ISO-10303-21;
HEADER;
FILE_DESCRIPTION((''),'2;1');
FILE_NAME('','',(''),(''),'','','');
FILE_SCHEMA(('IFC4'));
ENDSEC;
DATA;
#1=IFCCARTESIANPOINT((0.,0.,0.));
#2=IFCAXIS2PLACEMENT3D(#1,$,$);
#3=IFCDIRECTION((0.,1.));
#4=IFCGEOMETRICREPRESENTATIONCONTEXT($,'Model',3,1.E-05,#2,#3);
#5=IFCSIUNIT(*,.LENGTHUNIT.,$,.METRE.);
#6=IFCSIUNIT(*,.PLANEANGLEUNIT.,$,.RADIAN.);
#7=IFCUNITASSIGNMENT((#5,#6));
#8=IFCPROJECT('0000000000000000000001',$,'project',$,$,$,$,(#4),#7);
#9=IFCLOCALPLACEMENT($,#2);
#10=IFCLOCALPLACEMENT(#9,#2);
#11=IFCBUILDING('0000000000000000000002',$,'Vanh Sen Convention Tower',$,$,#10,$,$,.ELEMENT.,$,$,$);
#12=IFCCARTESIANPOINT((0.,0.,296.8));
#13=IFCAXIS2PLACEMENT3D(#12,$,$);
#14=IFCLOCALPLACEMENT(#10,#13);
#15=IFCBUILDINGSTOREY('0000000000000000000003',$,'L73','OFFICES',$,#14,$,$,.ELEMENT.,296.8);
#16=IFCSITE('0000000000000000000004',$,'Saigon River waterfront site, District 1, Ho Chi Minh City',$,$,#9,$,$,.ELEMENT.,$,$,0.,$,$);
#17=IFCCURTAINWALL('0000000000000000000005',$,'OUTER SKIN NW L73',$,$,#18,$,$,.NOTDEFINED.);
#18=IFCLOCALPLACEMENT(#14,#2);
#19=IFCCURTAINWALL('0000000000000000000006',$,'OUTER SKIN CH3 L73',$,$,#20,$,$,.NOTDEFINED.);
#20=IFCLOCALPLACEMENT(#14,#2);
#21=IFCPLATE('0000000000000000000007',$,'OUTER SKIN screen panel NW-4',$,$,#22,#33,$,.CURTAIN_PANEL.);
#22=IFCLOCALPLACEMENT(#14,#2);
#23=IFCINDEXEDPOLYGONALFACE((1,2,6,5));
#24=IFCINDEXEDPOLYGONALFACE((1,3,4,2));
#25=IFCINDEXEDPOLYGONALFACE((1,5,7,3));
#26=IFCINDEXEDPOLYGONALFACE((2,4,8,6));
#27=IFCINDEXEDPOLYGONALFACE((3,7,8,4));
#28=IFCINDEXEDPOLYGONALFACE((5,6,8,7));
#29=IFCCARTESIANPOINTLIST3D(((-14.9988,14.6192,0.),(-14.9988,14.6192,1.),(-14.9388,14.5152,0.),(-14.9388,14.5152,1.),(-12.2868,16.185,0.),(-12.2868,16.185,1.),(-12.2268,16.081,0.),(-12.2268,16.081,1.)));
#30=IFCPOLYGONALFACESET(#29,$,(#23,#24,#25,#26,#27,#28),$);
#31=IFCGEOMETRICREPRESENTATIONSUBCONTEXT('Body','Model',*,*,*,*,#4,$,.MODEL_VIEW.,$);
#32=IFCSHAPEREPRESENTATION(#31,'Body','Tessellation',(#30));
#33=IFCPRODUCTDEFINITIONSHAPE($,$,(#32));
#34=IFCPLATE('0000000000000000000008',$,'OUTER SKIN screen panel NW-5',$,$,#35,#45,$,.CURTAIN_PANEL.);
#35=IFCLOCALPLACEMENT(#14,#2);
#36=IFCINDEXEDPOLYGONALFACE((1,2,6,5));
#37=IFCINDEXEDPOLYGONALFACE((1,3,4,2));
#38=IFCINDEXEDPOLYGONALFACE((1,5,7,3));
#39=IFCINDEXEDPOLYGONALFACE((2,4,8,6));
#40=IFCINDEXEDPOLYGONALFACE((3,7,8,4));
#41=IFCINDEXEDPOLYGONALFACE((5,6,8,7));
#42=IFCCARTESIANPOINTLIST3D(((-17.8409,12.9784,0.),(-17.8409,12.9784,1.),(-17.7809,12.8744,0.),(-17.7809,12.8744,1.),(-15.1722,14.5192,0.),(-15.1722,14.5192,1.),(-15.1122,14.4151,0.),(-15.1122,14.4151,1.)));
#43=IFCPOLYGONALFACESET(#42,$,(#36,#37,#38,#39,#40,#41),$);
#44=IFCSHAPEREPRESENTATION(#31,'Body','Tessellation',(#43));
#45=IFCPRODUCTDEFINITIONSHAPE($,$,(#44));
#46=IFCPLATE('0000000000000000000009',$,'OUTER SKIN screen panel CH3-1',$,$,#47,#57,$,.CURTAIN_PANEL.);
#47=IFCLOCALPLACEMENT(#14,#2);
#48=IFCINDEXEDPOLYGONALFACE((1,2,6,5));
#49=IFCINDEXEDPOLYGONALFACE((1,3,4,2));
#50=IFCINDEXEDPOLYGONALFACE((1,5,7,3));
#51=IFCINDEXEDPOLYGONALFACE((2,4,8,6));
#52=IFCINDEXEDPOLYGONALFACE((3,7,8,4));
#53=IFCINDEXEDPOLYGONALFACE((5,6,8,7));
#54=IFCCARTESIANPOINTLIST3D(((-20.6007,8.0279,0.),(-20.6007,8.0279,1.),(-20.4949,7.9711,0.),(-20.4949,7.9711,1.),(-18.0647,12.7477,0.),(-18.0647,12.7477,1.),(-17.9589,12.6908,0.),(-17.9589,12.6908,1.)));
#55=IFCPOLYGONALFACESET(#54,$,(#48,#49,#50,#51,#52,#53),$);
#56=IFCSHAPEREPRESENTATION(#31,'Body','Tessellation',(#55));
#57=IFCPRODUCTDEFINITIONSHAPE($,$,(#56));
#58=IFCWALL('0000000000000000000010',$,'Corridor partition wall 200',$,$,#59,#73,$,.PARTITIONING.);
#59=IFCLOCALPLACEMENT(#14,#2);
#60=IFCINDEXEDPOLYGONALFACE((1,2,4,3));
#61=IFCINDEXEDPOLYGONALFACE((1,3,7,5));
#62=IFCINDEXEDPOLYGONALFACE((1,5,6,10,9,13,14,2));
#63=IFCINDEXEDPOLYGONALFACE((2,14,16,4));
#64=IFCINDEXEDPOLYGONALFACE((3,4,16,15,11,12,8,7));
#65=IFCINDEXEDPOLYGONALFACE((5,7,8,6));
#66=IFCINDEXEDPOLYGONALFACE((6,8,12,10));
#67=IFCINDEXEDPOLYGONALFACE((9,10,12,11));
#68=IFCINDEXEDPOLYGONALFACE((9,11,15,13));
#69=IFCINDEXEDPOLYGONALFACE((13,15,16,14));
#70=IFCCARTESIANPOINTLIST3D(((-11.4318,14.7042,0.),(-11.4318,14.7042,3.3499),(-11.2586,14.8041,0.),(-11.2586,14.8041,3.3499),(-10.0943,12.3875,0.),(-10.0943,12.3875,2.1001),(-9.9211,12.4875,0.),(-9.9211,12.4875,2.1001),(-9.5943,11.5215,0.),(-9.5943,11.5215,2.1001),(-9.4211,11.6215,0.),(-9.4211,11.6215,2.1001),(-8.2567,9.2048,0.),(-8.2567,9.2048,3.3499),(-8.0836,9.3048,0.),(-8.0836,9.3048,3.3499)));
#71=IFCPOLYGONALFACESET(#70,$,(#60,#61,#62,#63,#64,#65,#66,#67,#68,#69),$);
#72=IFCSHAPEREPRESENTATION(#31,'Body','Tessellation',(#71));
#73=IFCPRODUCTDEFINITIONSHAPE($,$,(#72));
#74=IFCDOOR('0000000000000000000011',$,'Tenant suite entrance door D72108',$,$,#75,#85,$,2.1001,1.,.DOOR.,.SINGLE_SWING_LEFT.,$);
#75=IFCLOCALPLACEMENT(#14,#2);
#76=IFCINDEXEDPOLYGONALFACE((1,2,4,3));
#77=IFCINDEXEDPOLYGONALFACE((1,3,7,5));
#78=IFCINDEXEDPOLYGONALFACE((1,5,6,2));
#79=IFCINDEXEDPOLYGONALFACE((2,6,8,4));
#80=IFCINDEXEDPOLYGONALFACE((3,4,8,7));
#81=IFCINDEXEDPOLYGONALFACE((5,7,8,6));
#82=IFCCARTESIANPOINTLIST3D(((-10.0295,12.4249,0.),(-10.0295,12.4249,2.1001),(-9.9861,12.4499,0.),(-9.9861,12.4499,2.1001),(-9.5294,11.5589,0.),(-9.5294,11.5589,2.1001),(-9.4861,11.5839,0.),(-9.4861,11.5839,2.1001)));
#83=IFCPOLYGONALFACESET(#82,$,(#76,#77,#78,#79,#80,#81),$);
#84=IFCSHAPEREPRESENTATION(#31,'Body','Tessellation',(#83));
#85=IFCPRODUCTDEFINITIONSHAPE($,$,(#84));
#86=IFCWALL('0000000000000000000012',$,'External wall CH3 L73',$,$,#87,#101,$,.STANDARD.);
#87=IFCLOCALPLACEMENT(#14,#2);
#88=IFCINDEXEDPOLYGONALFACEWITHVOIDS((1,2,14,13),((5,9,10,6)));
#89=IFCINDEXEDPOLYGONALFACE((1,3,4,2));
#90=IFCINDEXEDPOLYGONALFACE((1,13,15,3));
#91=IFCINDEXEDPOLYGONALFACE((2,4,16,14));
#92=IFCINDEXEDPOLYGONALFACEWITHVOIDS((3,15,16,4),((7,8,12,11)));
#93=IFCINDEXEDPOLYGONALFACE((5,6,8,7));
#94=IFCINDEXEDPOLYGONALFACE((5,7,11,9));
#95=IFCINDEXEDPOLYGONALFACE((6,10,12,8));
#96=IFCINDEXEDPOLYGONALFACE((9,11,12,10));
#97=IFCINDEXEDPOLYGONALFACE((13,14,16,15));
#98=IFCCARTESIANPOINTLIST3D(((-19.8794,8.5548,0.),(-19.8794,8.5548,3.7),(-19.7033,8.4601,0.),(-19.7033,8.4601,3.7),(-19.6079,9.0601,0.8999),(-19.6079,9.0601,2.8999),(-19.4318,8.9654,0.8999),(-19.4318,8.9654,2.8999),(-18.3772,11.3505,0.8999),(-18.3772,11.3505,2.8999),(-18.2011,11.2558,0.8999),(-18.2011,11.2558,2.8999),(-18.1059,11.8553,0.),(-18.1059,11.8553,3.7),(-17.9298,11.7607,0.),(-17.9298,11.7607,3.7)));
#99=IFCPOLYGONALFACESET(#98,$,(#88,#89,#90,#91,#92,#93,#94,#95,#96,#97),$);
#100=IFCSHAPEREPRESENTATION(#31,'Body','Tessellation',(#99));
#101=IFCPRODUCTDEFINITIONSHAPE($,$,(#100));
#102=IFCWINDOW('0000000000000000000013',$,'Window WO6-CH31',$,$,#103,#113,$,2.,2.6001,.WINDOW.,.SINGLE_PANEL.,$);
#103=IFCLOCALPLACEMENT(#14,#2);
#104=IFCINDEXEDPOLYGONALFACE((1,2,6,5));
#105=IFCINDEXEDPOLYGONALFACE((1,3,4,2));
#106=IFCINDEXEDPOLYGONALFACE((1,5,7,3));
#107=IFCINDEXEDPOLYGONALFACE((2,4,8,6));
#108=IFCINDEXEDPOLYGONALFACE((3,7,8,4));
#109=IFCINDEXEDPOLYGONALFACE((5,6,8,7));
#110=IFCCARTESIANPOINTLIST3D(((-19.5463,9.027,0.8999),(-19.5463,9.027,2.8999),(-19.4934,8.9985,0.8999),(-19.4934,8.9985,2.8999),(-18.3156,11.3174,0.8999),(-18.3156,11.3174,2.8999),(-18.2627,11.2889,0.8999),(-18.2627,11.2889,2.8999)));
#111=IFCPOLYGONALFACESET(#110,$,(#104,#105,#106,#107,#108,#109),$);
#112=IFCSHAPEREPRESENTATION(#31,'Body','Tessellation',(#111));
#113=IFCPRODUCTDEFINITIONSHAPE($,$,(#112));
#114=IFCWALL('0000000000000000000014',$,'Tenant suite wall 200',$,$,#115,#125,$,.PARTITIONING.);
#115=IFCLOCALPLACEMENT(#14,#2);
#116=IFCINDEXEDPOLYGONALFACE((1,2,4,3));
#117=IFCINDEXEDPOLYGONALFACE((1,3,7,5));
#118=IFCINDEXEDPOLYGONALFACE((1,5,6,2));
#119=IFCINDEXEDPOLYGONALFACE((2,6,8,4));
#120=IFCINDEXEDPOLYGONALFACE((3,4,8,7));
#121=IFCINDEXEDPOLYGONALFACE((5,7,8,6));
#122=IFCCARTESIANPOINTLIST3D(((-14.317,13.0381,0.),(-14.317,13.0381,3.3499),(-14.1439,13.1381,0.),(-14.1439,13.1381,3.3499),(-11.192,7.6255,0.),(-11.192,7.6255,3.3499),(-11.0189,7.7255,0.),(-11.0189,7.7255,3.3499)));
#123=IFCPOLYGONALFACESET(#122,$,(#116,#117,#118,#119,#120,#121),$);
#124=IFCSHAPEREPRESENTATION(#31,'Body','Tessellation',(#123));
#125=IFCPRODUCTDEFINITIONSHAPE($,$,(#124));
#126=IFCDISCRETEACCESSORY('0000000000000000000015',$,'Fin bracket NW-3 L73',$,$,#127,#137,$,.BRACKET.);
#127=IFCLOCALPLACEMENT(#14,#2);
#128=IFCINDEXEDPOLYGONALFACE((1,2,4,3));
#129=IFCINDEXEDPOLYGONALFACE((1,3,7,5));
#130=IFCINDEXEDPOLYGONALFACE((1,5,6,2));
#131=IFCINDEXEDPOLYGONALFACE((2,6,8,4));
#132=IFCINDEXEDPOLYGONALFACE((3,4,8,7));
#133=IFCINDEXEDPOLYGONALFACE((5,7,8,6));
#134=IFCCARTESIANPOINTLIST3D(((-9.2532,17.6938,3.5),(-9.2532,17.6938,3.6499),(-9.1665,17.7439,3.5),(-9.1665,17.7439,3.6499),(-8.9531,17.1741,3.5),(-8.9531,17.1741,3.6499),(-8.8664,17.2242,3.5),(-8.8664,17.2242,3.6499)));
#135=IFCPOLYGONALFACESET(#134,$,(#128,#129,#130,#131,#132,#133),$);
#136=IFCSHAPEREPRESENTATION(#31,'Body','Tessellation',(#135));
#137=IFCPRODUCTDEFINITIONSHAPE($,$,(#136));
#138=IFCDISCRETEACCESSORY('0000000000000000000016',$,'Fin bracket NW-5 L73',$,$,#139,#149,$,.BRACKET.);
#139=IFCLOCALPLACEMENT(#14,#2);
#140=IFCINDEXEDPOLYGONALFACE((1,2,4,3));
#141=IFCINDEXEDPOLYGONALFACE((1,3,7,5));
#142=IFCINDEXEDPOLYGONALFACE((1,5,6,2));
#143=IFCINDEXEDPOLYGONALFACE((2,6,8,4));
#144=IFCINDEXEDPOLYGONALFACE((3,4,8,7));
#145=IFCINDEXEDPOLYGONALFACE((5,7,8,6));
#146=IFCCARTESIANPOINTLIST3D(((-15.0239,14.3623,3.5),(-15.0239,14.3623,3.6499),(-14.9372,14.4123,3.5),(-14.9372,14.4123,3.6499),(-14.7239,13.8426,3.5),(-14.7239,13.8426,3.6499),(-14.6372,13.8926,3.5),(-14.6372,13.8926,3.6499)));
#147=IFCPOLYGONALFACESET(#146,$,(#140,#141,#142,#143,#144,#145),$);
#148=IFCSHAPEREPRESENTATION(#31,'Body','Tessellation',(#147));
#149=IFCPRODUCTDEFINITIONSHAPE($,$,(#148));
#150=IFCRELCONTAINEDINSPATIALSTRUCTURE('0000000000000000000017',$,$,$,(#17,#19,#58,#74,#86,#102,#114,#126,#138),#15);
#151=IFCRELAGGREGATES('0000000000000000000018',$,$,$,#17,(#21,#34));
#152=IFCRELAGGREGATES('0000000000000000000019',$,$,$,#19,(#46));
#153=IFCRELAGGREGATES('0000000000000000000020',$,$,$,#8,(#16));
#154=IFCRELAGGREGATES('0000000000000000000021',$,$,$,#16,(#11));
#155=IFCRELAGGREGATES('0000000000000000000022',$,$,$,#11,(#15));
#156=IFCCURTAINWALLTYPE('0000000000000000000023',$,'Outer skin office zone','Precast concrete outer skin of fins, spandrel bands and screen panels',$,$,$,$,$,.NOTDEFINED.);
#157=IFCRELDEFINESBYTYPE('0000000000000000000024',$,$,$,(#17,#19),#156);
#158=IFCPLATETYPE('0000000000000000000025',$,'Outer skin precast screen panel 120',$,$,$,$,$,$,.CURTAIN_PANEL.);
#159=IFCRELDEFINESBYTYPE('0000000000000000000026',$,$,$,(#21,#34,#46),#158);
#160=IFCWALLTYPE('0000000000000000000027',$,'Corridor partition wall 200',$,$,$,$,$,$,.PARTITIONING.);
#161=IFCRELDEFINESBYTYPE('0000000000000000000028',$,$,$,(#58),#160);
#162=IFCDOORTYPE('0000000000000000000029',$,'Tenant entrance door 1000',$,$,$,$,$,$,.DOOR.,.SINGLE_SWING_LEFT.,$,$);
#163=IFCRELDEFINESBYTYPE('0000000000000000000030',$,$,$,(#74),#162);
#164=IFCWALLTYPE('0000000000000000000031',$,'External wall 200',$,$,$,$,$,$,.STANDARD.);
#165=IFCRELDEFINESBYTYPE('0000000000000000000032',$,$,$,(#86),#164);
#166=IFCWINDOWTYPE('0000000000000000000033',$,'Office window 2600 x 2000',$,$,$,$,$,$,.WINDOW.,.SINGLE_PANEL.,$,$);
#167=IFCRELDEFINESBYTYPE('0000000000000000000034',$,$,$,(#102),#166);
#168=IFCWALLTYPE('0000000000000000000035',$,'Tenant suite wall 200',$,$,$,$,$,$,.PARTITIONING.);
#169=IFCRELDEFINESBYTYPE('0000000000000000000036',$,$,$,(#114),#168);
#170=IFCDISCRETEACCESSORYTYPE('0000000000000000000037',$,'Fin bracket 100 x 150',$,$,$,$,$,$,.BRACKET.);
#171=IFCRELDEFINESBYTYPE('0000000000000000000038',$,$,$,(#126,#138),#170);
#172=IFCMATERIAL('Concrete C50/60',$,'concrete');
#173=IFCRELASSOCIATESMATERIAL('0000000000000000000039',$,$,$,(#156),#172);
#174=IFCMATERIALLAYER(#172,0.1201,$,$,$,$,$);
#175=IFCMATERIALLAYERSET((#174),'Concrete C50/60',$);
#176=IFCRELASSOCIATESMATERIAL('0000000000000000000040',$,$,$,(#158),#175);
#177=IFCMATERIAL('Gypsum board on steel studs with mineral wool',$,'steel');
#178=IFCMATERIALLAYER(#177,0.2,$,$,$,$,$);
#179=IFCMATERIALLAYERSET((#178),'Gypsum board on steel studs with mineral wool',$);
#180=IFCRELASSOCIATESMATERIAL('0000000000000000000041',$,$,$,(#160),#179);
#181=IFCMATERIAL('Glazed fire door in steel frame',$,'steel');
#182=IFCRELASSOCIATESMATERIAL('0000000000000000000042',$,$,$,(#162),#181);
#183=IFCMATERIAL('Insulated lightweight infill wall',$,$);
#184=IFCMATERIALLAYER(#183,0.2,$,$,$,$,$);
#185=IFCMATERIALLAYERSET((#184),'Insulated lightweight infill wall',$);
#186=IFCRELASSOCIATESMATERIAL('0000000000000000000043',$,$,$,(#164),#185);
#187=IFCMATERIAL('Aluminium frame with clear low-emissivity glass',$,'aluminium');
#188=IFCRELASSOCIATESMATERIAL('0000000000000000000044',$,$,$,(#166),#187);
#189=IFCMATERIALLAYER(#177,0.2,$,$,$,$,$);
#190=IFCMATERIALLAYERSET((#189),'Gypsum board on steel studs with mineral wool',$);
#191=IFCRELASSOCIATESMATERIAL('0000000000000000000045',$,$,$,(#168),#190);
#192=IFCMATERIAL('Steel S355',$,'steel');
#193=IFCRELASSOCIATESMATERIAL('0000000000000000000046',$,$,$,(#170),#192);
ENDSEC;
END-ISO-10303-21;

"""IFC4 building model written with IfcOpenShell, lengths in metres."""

from ifc_helpers import new_model, si_unit, direction, frame, frame_2d, origin, origin_2d, place, context, subcontext, project, spatial, rectangle, extrude, material, layer, layer_set, type_object, element, fill, aggregate, save


model = new_model("IFC4")

# Units and contexts
model_context = context("Model", 3, precision=1e-05, world=origin(), true_north=direction((0.0, 1.0)))
body_context = subcontext(model_context, "Body", "Model", "MODEL_VIEW")
ifc_project = project(units=[si_unit("LENGTHUNIT", "METRE"), si_unit("PLANEANGLEUNIT", "RADIAN")], contexts=[model_context])

# Site, building, storey
site_placement = place(None, origin())
site = spatial("IfcSite", under=ifc_project, at=site_placement, Name="Saigon River waterfront site, District 1, Ho Chi Minh City", CompositionType="ELEMENT", RefElevation=0.0)
building_placement = place(site_placement, origin())
building = spatial("IfcBuilding", under=site, at=building_placement, Name="Vanh Sen Convention Tower", CompositionType="ELEMENT")
storey_placement = place(building_placement, frame((0.0, 0.0, 296.8)))
storey = spatial("IfcBuildingStorey", under=building, at=storey_placement, Name="L73", Description="OFFICES", CompositionType="ELEMENT", Elevation=296.8)

# Curtain wall
ifc_material_1 = material(Name="Concrete C50/60", Category="concrete")
curtain_wall_type = type_object("IfcCurtainWallType", Name="Outer skin office zone", Description="Precast concrete outer skin of fins, spandrel bands and screen panels", PredefinedType="NOTDEFINED", material=ifc_material_1)
curtain_wall_1_placement = place(storey_placement, origin())
curtain_wall_1 = element("IfcCurtainWall", 1, at=curtain_wall_1_placement, inside=storey, type_object=curtain_wall_type, Name="OUTER SKIN NW L73", PredefinedType="NOTDEFINED")

# Curtain wall
curtain_wall_2_placement = place(storey_placement, origin())
curtain_wall_2 = element("IfcCurtainWall", 2, at=curtain_wall_2_placement, inside=storey, type_object=curtain_wall_type, Name="OUTER SKIN CH3 L73", PredefinedType="NOTDEFINED")

# Plates
ifc_layer_1 = layer(ifc_material_1, 0.1201)
ifc_layer_set_1 = layer_set([ifc_layer_1], Name="Concrete C50/60")
plate_type = type_object("IfcPlateType", Name="Outer skin precast screen panel 120", PredefinedType="CURTAIN_PANEL", material=ifc_layer_set_1)
plate_1_placement = place(storey_placement, frame((-13.6128, 15.3501, 0.0), z_axis=(0.0, 0.0, 1.0), x_axis=(-0.866016, -0.500017, 0.0)))
plate_1 = element("IfcPlate", 3, at=plate_1_placement, type_object=plate_type, Name="OUTER SKIN screen panel NW-4", PredefinedType="CURTAIN_PANEL", context=body_context, shape_type="SweptSolid", body=[
    extrude(rectangle(XDim=3.1316, YDim=0.1201, at=origin_2d()), origin(), (0.0, 0.0, 1.0), 1.0),
])
plate_2_placement = place(storey_placement, frame((-16.4766, 13.6968, 0.0), z_axis=(0.0, 0.0, 1.0), x_axis=(-0.866029, -0.499994, 0.0)))
plate_2 = element("IfcPlate", 4, at=plate_2_placement, type_object=plate_type, Name="OUTER SKIN screen panel NW-5", PredefinedType="CURTAIN_PANEL", context=body_context, shape_type="SweptSolid", body=[
    extrude(rectangle(XDim=3.0815, YDim=0.1201, at=origin_2d()), origin(), (0.0, 0.0, 1.0), 1.0),
])
aggregate(curtain_wall_1, [plate_1, plate_2])
plate_3_placement = place(storey_placement, frame((-19.2798, 10.3594, 0.0), z_axis=(0.0, 0.0, 1.0), x_axis=(-0.473324, -0.880888, 0.0)))
plate_3 = element("IfcPlate", 5, at=plate_3_placement, type_object=plate_type, Name="OUTER SKIN screen panel CH3-1", PredefinedType="CURTAIN_PANEL", context=body_context, shape_type="SweptSolid", body=[
    extrude(rectangle(XDim=5.3579, YDim=0.1201, at=origin_2d()), origin(), (0.0, 0.0, 1.0), 1.0),
])
aggregate(curtain_wall_2, [plate_3])

# Wall, opening, door
ifc_material_2 = material(Name="Gypsum board on steel studs with mineral wool", Category="steel")
ifc_layer_2 = layer(ifc_material_2, 0.2)
ifc_layer_set_2 = layer_set([ifc_layer_2], Name="Gypsum board on steel studs with mineral wool")
wall_type_1 = type_object("IfcWallType", Name="Corridor partition wall 200", PredefinedType="PARTITIONING", material=ifc_layer_set_2)
wall_1_placement = place(storey_placement, frame((-11.3452, 14.7542, 0.0), z_axis=(0.0, 0.0, 1.0), x_axis=(0.500005, -0.866022, 0.0)))
wall_1 = element("IfcWall", 6, at=wall_1_placement, inside=storey, type_object=wall_type_1, Name="Corridor partition wall 200", PredefinedType="PARTITIONING", context=body_context, shape_type="SweptSolid", body=[
    extrude(rectangle(XDim=6.3501, YDim=0.2, at=frame_2d((3.175, 0.0))), origin(), (0.0, 0.0, 1.0), 3.3499),
])
opening_1_placement = place(wall_1_placement, frame((2.675, 0.0, 0.0)))
opening_1 = element("IfcOpeningElement", 7, at=opening_1_placement, cuts=wall_1, PredefinedType="OPENING", context=body_context, shape_type="SweptSolid", body=[
    extrude(rectangle(XDim=1.0, YDim=2.1001, at=frame_2d((0.5, 1.05))), frame((0.0, 0.1099, 0.0), z_axis=(0.0, -1.0, 0.0), x_axis=(1.0, 0.0, 0.0)), (0.0, 0.0, 1.0), 0.22),
])
ifc_material_3 = material(Name="Glazed fire door in steel frame", Category="steel")
door_type = type_object("IfcDoorType", Name="Tenant entrance door 1000", OperationType="SINGLE_SWING_LEFT", PredefinedType="DOOR", material=ifc_material_3)
door_placement = place(opening_1_placement, origin())
door = element("IfcDoor", 8, at=door_placement, inside=storey, type_object=door_type, Name="Tenant suite entrance door D72108", OperationType="SINGLE_SWING_LEFT", OverallHeight=2.1001, OverallWidth=1.0, PredefinedType="DOOR", context=body_context, shape_type="SweptSolid", body=[
    extrude(rectangle(XDim=1.0, YDim=2.1001, at=frame_2d((0.5, 1.05))), frame((0.0, 0.0249, 0.0), z_axis=(0.0, -1.0, 0.0), x_axis=(1.0, 0.0, 0.0)), (0.0, 0.0, 1.0), 0.05),
])
fill(opening_1, door)

# Wall, opening, window
ifc_material_4 = material(Name="Insulated lightweight infill wall")
ifc_layer_3 = layer(ifc_material_4, 0.2)
ifc_layer_set_3 = layer_set([ifc_layer_3], Name="Insulated lightweight infill wall")
wall_type_2 = type_object("IfcWallType", Name="External wall 200", PredefinedType="STANDARD", material=ifc_layer_set_3)
wall_2_placement = place(storey_placement, frame((-18.0178, 11.8081, 0.0), z_axis=(0.0, 0.0, 1.0), x_axis=(-0.473319, -0.880891, 0.0)))
wall_2 = element("IfcWall", 9, at=wall_2_placement, inside=storey, type_object=wall_type_2, Name="External wall CH3 L73", PredefinedType="STANDARD", context=body_context, shape_type="SweptSolid", body=[
    extrude(rectangle(XDim=3.7468, YDim=0.2, at=frame_2d((1.8735, 0.0))), origin(), (0.0, 0.0, 1.0), 3.7),
])
opening_2_placement = place(wall_2_placement, frame((0.5732, 0.0, 0.8999)))
opening_2 = element("IfcOpeningElement", 10, at=opening_2_placement, cuts=wall_2, PredefinedType="OPENING", context=body_context, shape_type="SweptSolid", body=[
    extrude(rectangle(XDim=2.6001, YDim=2.0, at=frame_2d((1.3, 1.0))), frame((0.0, 0.1099, 0.0), z_axis=(0.0, -1.0, 0.0), x_axis=(1.0, 0.0, 0.0)), (0.0, 0.0, 1.0), 0.22),
])
ifc_material_5 = material(Name="Aluminium frame with clear low-emissivity glass", Category="aluminium")
window_type = type_object("IfcWindowType", Name="Office window 2600 x 2000", PartitioningType="SINGLE_PANEL", PredefinedType="WINDOW", material=ifc_material_5)
window_placement = place(opening_2_placement, origin())
window = element("IfcWindow", 11, at=window_placement, inside=storey, type_object=window_type, Name="Window WO6-CH31", OverallHeight=2.0, OverallWidth=2.6001, PartitioningType="SINGLE_PANEL", PredefinedType="WINDOW", context=body_context, shape_type="SweptSolid", body=[
    extrude(rectangle(XDim=2.6001, YDim=2.0, at=frame_2d((1.3, 1.0))), frame((0.0, 0.03, 0.0), z_axis=(0.0, -1.0, 0.0), x_axis=(1.0, 0.0, 0.0)), (0.0, 0.0, 1.0), 0.0601),
])
fill(opening_2, window)

# Wall
ifc_layer_4 = layer(ifc_material_2, 0.2)
ifc_layer_set_4 = layer_set([ifc_layer_4], Name="Gypsum board on steel studs with mineral wool")
wall_type_3 = type_object("IfcWallType", Name="Tenant suite wall 200", PredefinedType="PARTITIONING", material=ifc_layer_set_4)
wall_3_placement = place(storey_placement, frame((-14.2305, 13.0881, 0.0), z_axis=(0.0, 0.0, 1.0), x_axis=(0.500004, -0.866023, 0.0)))
element("IfcWall", 12, at=wall_3_placement, inside=storey, type_object=wall_type_3, Name="Tenant suite wall 200", PredefinedType="PARTITIONING", context=body_context, shape_type="SweptSolid", body=[
    extrude(rectangle(XDim=6.25, YDim=0.2, at=frame_2d((3.125, 0.0))), origin(), (0.0, 0.0, 1.0), 3.3499),
])

# Discrete accessories
ifc_material_6 = material(Name="Steel S355", Category="steel")
discrete_accessory_type = type_object("IfcDiscreteAccessoryType", Name="Fin bracket 100 x 150", PredefinedType="BRACKET", material=ifc_material_6)
for number, where, z_axis, x_axis, name in (
    (13, (-9.0598, 17.459, 3.5), (0.0, 0.0, 1.0), (-0.5, 0.866025, 0.0), "Fin bracket NW-3 L73"),
    (14, (-14.8306, 14.1274, 3.5), (0.0, 0.0, 1.0), (-0.5, 0.866025, 0.0), "Fin bracket NW-5 L73"),
):
    element("IfcDiscreteAccessory", number, at=place(storey_placement, frame(where, z_axis=z_axis, x_axis=x_axis)), inside=storey, type_object=discrete_accessory_type, Name=name, PredefinedType="BRACKET", context=body_context, shape_type="SweptSolid", body=[
        extrude(rectangle(XDim=0.6001, YDim=0.1001, at=origin_2d()), origin(), (0.0, 0.0, 1.0), 0.1499),
    ])

save(model, "model.ifc")
